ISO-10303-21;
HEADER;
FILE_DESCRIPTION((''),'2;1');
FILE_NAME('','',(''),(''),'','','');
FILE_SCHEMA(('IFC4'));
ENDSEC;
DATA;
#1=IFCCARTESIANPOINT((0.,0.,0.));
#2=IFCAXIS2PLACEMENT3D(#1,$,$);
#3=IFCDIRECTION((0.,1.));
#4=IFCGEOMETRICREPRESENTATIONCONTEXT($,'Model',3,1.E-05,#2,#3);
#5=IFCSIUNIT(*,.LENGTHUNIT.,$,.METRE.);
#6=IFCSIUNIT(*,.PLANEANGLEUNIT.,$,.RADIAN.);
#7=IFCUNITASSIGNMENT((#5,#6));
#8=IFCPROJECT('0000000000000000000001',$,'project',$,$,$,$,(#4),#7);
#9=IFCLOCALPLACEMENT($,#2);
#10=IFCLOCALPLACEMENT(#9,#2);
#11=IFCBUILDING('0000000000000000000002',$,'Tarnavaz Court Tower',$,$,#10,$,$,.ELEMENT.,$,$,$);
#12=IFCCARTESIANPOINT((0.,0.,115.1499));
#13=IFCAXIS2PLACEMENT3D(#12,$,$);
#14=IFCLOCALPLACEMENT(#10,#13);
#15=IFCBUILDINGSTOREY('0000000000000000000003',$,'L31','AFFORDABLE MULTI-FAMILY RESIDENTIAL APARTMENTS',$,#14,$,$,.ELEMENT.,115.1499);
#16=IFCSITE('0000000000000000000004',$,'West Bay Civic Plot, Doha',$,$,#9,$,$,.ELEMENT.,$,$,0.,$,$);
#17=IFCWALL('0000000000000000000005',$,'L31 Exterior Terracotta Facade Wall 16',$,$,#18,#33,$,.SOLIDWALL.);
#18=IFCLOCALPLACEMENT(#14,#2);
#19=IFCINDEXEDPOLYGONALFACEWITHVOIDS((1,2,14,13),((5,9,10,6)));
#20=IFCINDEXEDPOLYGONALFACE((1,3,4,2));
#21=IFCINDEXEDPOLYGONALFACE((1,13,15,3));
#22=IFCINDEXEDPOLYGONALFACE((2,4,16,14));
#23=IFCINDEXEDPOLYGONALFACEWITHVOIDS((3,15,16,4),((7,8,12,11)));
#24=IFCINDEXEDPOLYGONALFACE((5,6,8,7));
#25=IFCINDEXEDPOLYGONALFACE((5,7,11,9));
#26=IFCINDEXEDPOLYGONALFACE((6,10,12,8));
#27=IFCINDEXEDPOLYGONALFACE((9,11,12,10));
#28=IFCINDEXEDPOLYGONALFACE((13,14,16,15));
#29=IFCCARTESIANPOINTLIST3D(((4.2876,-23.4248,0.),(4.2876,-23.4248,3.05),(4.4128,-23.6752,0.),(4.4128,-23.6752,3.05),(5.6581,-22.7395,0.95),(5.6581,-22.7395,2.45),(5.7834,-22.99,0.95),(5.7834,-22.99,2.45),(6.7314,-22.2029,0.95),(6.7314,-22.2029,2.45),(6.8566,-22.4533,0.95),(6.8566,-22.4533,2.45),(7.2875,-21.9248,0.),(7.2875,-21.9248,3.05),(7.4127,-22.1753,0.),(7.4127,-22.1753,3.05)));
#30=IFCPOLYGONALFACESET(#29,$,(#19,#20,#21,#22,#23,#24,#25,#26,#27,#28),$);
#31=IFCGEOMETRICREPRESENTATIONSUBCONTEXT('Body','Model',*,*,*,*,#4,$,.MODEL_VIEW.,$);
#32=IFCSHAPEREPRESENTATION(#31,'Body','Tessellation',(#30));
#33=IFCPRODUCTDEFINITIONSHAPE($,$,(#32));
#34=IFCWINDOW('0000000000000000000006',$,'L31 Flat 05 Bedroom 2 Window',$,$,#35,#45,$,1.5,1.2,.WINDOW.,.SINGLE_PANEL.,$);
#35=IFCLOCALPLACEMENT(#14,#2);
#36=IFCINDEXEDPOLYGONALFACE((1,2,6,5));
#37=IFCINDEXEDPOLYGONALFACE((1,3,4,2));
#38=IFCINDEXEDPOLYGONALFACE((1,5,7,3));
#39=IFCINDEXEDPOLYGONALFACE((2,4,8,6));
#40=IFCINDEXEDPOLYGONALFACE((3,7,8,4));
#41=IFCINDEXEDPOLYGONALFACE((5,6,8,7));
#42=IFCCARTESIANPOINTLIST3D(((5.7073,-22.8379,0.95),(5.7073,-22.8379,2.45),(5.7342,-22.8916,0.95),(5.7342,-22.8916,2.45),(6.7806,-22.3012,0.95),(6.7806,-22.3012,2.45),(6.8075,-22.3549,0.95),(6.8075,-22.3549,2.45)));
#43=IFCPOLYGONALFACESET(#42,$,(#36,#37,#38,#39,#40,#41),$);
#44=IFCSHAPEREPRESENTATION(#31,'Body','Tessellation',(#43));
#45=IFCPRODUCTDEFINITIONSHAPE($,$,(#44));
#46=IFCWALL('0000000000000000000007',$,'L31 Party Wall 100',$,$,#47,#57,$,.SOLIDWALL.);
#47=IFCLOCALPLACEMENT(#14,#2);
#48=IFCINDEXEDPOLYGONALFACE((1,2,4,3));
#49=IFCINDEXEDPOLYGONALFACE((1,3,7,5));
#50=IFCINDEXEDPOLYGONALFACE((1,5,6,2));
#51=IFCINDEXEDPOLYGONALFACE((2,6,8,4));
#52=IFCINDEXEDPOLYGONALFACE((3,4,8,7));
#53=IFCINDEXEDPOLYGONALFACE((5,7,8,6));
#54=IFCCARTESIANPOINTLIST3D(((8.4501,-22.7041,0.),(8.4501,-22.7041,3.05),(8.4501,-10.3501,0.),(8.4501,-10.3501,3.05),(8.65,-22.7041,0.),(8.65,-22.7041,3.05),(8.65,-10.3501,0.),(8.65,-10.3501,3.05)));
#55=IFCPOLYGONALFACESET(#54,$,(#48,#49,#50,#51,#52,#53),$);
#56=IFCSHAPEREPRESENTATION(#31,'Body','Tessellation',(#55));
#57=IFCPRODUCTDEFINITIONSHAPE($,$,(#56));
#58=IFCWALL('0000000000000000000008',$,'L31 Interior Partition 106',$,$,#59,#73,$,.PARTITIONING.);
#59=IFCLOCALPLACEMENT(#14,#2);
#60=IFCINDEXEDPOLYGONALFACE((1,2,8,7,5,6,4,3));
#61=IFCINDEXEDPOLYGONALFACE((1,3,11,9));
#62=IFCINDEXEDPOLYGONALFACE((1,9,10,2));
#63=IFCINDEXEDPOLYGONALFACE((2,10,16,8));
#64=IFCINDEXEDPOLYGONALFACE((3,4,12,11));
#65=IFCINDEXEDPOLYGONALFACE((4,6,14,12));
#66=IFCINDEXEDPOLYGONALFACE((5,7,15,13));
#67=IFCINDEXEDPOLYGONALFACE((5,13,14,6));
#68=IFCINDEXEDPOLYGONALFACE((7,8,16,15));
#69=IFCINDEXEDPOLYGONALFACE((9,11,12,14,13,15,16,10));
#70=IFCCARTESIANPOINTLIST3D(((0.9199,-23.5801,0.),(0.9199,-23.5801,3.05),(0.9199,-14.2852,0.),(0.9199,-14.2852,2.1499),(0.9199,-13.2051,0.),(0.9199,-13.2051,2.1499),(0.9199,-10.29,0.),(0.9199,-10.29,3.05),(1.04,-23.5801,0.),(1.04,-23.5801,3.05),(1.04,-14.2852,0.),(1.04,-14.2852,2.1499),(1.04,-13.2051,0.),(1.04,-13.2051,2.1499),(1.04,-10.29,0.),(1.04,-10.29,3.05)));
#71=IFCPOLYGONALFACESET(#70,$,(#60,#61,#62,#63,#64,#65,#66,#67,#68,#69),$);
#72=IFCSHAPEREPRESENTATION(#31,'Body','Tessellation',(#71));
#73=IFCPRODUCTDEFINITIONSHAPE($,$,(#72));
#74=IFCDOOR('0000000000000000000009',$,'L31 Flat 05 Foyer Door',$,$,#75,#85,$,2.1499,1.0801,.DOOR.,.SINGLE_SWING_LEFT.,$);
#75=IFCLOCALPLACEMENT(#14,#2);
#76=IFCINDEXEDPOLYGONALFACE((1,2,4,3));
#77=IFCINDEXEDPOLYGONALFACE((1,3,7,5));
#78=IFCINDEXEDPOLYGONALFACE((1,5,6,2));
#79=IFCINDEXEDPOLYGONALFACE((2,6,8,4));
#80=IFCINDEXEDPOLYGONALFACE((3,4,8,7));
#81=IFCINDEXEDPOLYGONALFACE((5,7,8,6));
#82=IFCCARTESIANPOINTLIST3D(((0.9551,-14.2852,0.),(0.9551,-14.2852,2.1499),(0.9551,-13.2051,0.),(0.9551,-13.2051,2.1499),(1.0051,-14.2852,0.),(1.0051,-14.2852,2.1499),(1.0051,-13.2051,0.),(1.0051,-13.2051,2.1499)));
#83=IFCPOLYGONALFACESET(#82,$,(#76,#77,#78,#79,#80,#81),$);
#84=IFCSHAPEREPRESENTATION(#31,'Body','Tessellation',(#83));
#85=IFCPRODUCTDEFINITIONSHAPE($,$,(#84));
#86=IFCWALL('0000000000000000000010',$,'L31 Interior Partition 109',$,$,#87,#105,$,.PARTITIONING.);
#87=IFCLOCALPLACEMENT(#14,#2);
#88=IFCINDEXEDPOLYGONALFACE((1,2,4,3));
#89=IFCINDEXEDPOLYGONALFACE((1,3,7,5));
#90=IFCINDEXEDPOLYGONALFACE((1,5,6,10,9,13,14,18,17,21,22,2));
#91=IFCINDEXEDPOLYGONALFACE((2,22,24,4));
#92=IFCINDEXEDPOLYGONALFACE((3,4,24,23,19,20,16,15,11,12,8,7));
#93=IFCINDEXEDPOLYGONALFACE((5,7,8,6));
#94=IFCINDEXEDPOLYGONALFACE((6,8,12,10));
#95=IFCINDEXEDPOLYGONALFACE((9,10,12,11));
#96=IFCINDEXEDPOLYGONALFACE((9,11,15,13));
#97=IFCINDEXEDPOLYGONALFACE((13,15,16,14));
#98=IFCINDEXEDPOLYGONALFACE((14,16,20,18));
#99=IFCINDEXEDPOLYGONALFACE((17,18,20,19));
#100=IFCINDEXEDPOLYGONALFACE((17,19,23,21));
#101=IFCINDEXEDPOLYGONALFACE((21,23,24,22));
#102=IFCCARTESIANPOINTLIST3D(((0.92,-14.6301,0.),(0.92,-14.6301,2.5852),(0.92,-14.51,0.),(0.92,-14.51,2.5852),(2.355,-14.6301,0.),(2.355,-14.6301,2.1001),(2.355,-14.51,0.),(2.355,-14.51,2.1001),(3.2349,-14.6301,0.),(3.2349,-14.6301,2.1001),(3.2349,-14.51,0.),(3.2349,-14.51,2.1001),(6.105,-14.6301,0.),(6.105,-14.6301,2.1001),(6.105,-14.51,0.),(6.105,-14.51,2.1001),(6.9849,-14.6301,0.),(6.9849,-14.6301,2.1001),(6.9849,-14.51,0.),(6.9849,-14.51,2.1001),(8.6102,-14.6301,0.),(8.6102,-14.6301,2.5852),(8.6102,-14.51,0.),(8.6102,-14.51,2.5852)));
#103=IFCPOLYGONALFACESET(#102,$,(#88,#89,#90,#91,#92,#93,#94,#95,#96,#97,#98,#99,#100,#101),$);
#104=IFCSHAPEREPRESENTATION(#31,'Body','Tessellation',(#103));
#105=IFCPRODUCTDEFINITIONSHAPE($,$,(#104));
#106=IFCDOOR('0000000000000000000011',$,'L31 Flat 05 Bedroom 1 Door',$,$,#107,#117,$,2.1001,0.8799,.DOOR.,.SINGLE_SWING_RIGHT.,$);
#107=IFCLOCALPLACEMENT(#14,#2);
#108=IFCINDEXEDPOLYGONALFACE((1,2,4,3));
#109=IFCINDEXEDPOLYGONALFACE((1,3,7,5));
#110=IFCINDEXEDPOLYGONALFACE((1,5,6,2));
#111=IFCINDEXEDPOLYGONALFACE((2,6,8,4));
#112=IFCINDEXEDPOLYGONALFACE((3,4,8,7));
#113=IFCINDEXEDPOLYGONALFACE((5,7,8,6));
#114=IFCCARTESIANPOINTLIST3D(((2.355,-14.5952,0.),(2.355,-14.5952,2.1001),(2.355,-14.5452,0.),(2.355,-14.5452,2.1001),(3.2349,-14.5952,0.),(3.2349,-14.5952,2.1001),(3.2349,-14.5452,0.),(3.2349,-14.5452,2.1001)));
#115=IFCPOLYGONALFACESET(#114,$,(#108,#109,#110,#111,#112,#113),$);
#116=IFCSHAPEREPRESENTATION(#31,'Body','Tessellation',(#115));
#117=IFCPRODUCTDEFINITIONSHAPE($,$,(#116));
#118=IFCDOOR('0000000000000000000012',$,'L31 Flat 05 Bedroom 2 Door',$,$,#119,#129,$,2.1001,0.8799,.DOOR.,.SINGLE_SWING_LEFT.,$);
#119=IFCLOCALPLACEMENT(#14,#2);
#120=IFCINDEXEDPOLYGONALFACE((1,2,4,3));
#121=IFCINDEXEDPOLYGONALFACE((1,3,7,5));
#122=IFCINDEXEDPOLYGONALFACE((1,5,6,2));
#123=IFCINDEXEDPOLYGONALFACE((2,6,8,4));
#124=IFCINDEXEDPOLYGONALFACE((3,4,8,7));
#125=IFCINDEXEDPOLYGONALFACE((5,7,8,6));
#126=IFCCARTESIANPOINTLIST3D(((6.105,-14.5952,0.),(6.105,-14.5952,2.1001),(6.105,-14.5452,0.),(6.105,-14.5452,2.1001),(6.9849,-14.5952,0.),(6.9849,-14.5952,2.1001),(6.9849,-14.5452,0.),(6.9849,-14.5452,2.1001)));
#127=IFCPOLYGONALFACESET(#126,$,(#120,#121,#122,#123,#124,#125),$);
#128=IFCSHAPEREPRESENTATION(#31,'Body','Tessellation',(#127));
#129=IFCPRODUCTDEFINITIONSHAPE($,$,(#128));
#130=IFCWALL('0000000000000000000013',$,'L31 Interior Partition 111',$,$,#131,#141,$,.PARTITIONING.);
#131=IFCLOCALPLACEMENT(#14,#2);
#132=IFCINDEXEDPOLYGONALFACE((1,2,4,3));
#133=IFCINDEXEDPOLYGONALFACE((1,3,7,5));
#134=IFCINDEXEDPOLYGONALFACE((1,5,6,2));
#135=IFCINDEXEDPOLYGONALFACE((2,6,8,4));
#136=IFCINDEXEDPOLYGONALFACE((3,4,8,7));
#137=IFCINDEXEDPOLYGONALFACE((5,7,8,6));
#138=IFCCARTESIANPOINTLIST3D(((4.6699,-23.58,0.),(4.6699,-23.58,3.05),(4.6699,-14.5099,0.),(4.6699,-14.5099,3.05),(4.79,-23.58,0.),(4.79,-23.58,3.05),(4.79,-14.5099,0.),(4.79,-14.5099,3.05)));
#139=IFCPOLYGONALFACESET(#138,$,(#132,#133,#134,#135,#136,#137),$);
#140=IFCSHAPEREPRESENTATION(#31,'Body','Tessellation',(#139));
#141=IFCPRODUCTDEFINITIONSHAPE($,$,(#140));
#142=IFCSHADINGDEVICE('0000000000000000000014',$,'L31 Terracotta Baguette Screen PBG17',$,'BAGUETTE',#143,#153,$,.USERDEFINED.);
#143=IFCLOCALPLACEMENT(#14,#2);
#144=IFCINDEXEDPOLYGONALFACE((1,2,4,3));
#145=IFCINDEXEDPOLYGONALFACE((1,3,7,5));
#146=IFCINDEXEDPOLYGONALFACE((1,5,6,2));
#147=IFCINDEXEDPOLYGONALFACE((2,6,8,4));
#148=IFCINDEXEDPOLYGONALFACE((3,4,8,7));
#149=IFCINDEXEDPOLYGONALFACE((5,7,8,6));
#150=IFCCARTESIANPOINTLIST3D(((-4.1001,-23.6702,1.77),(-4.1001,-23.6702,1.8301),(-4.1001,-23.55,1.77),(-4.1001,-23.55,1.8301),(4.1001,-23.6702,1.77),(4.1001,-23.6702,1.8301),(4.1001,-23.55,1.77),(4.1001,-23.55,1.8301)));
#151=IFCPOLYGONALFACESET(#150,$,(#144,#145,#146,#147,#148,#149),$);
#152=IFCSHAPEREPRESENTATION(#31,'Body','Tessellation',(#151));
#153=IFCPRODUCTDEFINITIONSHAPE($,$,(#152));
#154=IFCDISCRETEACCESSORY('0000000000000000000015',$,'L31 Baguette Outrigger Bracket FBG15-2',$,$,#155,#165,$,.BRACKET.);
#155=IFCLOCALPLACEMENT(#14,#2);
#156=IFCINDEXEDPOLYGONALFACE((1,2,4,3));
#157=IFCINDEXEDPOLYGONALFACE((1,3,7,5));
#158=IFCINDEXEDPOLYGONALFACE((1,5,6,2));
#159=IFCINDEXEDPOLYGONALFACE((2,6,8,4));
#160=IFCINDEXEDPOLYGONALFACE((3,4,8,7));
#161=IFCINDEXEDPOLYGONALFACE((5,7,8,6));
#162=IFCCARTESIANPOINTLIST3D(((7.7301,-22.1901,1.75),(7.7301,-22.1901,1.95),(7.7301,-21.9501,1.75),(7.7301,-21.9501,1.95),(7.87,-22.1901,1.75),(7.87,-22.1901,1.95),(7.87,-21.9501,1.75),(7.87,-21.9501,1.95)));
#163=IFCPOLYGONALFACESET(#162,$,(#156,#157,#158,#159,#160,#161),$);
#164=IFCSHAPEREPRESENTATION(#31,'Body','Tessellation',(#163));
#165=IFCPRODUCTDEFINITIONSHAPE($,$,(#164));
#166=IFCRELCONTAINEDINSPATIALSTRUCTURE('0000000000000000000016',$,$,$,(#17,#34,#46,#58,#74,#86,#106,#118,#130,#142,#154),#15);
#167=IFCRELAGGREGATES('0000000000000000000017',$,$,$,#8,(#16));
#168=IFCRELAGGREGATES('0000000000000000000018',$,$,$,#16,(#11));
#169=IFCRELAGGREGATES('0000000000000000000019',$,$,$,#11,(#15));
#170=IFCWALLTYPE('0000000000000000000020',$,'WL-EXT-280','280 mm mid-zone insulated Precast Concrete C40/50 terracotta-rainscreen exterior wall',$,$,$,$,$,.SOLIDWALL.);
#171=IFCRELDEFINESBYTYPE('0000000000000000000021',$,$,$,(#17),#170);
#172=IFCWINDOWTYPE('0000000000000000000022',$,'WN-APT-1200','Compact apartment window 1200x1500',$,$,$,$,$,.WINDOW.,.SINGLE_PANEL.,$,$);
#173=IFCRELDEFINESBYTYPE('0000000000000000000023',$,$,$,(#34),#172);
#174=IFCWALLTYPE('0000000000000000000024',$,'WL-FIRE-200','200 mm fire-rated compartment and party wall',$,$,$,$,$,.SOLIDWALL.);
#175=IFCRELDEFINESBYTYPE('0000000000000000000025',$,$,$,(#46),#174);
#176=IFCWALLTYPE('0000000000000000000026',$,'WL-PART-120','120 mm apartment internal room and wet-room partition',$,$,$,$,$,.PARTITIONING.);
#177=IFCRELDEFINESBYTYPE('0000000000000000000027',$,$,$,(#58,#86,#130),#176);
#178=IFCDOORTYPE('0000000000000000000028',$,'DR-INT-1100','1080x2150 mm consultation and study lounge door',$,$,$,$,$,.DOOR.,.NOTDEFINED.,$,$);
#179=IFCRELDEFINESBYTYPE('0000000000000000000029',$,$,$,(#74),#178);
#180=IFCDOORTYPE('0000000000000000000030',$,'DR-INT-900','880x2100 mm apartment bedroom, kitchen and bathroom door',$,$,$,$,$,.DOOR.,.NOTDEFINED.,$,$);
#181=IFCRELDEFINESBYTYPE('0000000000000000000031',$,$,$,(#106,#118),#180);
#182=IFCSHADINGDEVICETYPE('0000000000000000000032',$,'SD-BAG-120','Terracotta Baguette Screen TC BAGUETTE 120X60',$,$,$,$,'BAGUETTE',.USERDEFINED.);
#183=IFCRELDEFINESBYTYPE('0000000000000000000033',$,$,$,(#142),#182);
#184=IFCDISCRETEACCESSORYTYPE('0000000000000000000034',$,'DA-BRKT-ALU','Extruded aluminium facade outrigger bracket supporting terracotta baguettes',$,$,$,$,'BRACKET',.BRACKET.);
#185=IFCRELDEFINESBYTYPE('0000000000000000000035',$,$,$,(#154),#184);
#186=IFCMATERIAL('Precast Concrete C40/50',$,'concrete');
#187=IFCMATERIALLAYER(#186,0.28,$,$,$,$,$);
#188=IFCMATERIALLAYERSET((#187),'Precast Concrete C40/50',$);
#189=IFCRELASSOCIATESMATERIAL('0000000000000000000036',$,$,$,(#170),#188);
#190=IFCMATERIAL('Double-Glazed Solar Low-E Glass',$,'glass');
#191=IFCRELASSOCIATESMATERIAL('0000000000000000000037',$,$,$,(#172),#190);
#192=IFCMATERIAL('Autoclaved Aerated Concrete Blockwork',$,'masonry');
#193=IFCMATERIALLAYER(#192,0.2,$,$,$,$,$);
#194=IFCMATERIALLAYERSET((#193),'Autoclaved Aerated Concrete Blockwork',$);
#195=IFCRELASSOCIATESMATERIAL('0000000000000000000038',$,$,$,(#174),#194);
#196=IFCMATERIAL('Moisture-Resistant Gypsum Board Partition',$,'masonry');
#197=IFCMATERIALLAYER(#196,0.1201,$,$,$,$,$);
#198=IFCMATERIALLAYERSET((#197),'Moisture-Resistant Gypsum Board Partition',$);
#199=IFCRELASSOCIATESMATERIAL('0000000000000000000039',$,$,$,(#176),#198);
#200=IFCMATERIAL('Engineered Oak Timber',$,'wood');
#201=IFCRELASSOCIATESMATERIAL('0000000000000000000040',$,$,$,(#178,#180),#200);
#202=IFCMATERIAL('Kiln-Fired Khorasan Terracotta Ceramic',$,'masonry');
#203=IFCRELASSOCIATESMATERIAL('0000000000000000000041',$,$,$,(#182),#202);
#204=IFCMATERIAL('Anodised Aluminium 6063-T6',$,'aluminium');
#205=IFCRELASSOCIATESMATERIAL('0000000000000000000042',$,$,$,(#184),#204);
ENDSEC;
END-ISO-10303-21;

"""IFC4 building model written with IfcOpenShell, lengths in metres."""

from ifc_helpers import new_model, si_unit, direction, frame, frame_2d, origin, origin_2d, place, context, subcontext, project, spatial, rectangle, extrude, material, layer, layer_set, material_profile, profile_set, type_object, element, fill, save


model = new_model("IFC4")

# Units and contexts
model_context = context("Model", 3, precision=1e-05, world=origin(), true_north=direction((0.0, 1.0)))
body_context = subcontext(model_context, "Body", "Model", "MODEL_VIEW")
ifc_project = project(units=[si_unit("LENGTHUNIT", "METRE"), si_unit("PLANEANGLEUNIT", "RADIAN")], contexts=[model_context])

# Site, building, storey
site_placement = place(None, origin())
site = spatial("IfcSite", under=ifc_project, at=site_placement, Name="West Bay Civic Plot, Doha", CompositionType="ELEMENT", RefElevation=0.0)
building_placement = place(site_placement, origin())
building = spatial("IfcBuilding", under=site, at=building_placement, Name="Tarnavaz Court Tower", CompositionType="ELEMENT")
storey_placement = place(building_placement, frame((0.0, 0.0, 115.1499)))
storey = spatial("IfcBuildingStorey", under=building, at=storey_placement, Name="L31", Description="AFFORDABLE MULTI-FAMILY RESIDENTIAL APARTMENTS", CompositionType="ELEMENT", Elevation=115.1499)

# Shared definitions
ifc_material_1 = material(Name="Anodised Aluminium 6063-T6", Category="aluminium")
ifc_material_2 = material(Name="Double-Glazed Solar Low-E Glass", Category="glass")

# Wall, opening, window
ifc_material_3 = material(Name="Precast Concrete C40/50", Category="concrete")
ifc_layer_1 = layer(ifc_material_3, 0.28)
ifc_layer_set_1 = layer_set([ifc_layer_1], Name="Precast Concrete C40/50")
wall_type_1 = type_object("IfcWallType", Name="WL-EXT-280", Description="280 mm mid-zone insulated Precast Concrete C40/50 terracotta-rainscreen exterior wall", PredefinedType="SOLIDWALL", material=ifc_layer_set_1)
wall_1_placement = place(storey_placement, frame((7.3501, -22.05, 0.0), z_axis=(0.0, 0.0, 1.0), x_axis=(-0.894427, -0.447214, 0.0)))
wall_1 = element("IfcWall", 1, at=wall_1_placement, inside=storey, type_object=wall_type_1, Name="L31 Exterior Terracotta Facade Wall 16", PredefinedType="SOLIDWALL", context=body_context, shape_type="SweptSolid", body=[
    extrude(rectangle(XDim=3.354, YDim=0.28, at=frame_2d((1.677, 0.0))), origin(), (0.0, 0.0, 1.0), 3.05),
])
opening_1_placement = place(wall_1_placement, frame((0.6216, 0.0, 0.95)))
opening_1 = element("IfcOpeningElement", 2, at=opening_1_placement, cuts=wall_1, PredefinedType="OPENING", context=body_context, shape_type="SweptSolid", body=[
    extrude(rectangle(XDim=1.2, YDim=1.5, at=frame_2d((0.6001, 0.75))), frame((0.0, 0.1499, 0.0), z_axis=(0.0, -1.0, 0.0), x_axis=(1.0, 0.0, 0.0)), (0.0, 0.0, 1.0), 0.3),
])
window_type = type_object("IfcWindowType", Name="WN-APT-1200", Description="Compact apartment window 1200x1500", PartitioningType="SINGLE_PANEL", PredefinedType="WINDOW", material=ifc_material_2)
window_placement = place(opening_1_placement, origin())
window = element("IfcWindow", 3, at=window_placement, inside=storey, type_object=window_type, Name="L31 Flat 05 Bedroom 2 Window", OverallHeight=1.5, OverallWidth=1.2, PartitioningType="SINGLE_PANEL", PredefinedType="WINDOW", context=body_context, shape_type="SweptSolid", body=[
    extrude(rectangle(XDim=1.2, YDim=1.5, at=frame_2d((0.6001, 0.75))), frame((0.0, 0.03, 0.0), z_axis=(0.0, -1.0, 0.0), x_axis=(1.0, 0.0, 0.0)), (0.0, 0.0, 1.0), 0.0601),
])
fill(opening_1, window)

# Wall
ifc_material_4 = material(Name="Autoclaved Aerated Concrete Blockwork", Category="masonry")
ifc_layer_2 = layer(ifc_material_4, 0.2)
ifc_layer_set_2 = layer_set([ifc_layer_2], Name="Autoclaved Aerated Concrete Blockwork")
wall_type_2 = type_object("IfcWallType", Name="WL-FIRE-200", Description="200 mm fire-rated compartment and party wall", PredefinedType="SOLIDWALL", material=ifc_layer_set_2)
wall_2_placement = place(storey_placement, frame((8.55, -22.7041, 0.0), z_axis=(0.0, 0.0, 1.0), x_axis=(0.0, 1.0, 0.0)))
element("IfcWall", 4, at=wall_2_placement, inside=storey, type_object=wall_type_2, Name="L31 Party Wall 100", PredefinedType="SOLIDWALL", context=body_context, shape_type="SweptSolid", body=[
    extrude(rectangle(XDim=12.354, YDim=0.2, at=frame_2d((6.177, 0.0))), origin(), (0.0, 0.0, 1.0), 3.05),
])

# Wall, opening, door
ifc_material_5 = material(Name="Moisture-Resistant Gypsum Board Partition", Category="masonry")
ifc_layer_3 = layer(ifc_material_5, 0.1201)
ifc_layer_set_3 = layer_set([ifc_layer_3], Name="Moisture-Resistant Gypsum Board Partition")
wall_type_3 = type_object("IfcWallType", Name="WL-PART-120", Description="120 mm apartment internal room and wet-room partition", PredefinedType="PARTITIONING", material=ifc_layer_set_3)
wall_3_placement = place(storey_placement, frame((0.98, -23.5801, 0.0), z_axis=(0.0, 0.0, 1.0), x_axis=(0.0, 1.0, 0.0)))
wall_3 = element("IfcWall", 5, at=wall_3_placement, inside=storey, type_object=wall_type_3, Name="L31 Interior Partition 106", PredefinedType="PARTITIONING", context=body_context, shape_type="SweptSolid", body=[
    extrude(rectangle(XDim=13.29, YDim=0.1201, at=frame_2d((6.645, 0.0))), origin(), (0.0, 0.0, 1.0), 3.05),
])
opening_2_placement = place(wall_3_placement, frame((9.2949, 0.0, 0.0)))
opening_2 = element("IfcOpeningElement", 6, at=opening_2_placement, cuts=wall_3, PredefinedType="OPENING", context=body_context, shape_type="SweptSolid", body=[
    extrude(rectangle(XDim=1.0801, YDim=2.1499, at=frame_2d((0.54, 1.075))), frame((0.0, 0.0701, 0.0), z_axis=(0.0, -1.0, 0.0), x_axis=(1.0, 0.0, 0.0)), (0.0, 0.0, 1.0), 0.1401),
])
ifc_material_6 = material(Name="Engineered Oak Timber", Category="wood")
door_type_1 = type_object("IfcDoorType", Name="DR-INT-1100", Description="1080x2150 mm consultation and study lounge door", OperationType="NOTDEFINED", PredefinedType="DOOR", material=ifc_material_6)
door_1_placement = place(opening_2_placement, origin())
door_1 = element("IfcDoor", 7, at=door_1_placement, inside=storey, type_object=door_type_1, Name="L31 Flat 05 Foyer Door", OperationType="SINGLE_SWING_LEFT", OverallHeight=2.1499, OverallWidth=1.0801, PredefinedType="DOOR", context=body_context, shape_type="SweptSolid", body=[
    extrude(rectangle(XDim=1.0801, YDim=2.1499, at=frame_2d((0.54, 1.075))), frame((0.0, 0.0249, 0.0), z_axis=(0.0, -1.0, 0.0), x_axis=(1.0, 0.0, 0.0)), (0.0, 0.0, 1.0), 0.05),
])
fill(opening_2, door_1)

# Wall, openings, doors
wall_4_placement = place(storey_placement, frame((0.9199, -14.5701, 0.0), z_axis=(0.0, 0.0, 1.0), x_axis=(1.0, 0.0, 0.0)))
wall_4 = element("IfcWall", 8, at=wall_4_placement, inside=storey, type_object=wall_type_3, Name="L31 Interior Partition 109", PredefinedType="PARTITIONING", context=body_context, shape_type="SweptSolid", body=[
    extrude(rectangle(XDim=7.6902, YDim=0.1201, at=frame_2d((3.8452, 0.0))), origin(), (0.0, 0.0, 1.0), 2.5852),
])
opening_3_placement = place(wall_4_placement, frame((1.4351, 0.0, 0.0)))
opening_3 = element("IfcOpeningElement", 9, at=opening_3_placement, cuts=wall_4, PredefinedType="OPENING", context=body_context, shape_type="SweptSolid", body=[
    extrude(rectangle(XDim=0.8799, YDim=2.1001, at=frame_2d((0.4399, 1.05))), frame((0.0, 0.0701, 0.0), z_axis=(0.0, -1.0, 0.0), x_axis=(1.0, 0.0, 0.0)), (0.0, 0.0, 1.0), 0.1401),
])
opening_4_placement = place(wall_4_placement, frame((5.1851, 0.0, 0.0)))
opening_4 = element("IfcOpeningElement", 10, at=opening_4_placement, cuts=wall_4, PredefinedType="OPENING", context=body_context, shape_type="SweptSolid", body=[
    extrude(rectangle(XDim=0.8799, YDim=2.1001, at=frame_2d((0.4399, 1.05))), frame((0.0, 0.0701, 0.0), z_axis=(0.0, -1.0, 0.0), x_axis=(1.0, 0.0, 0.0)), (0.0, 0.0, 1.0), 0.1401),
])
door_type_2 = type_object("IfcDoorType", Name="DR-INT-900", Description="880x2100 mm apartment bedroom, kitchen and bathroom door", OperationType="NOTDEFINED", PredefinedType="DOOR", material=ifc_material_6)
door_2_placement = place(opening_3_placement, origin())
door_2 = element("IfcDoor", 11, at=door_2_placement, inside=storey, type_object=door_type_2, Name="L31 Flat 05 Bedroom 1 Door", OperationType="SINGLE_SWING_RIGHT", OverallHeight=2.1001, OverallWidth=0.8799, PredefinedType="DOOR", context=body_context, shape_type="SweptSolid", body=[
    extrude(rectangle(XDim=0.8799, YDim=2.1001, at=frame_2d((0.4399, 1.05))), frame((0.0, 0.0249, 0.0), z_axis=(0.0, -1.0, 0.0), x_axis=(1.0, 0.0, 0.0)), (0.0, 0.0, 1.0), 0.05),
])
fill(opening_3, door_2)
door_3_placement = place(opening_4_placement, origin())
door_3 = element("IfcDoor", 12, at=door_3_placement, inside=storey, type_object=door_type_2, Name="L31 Flat 05 Bedroom 2 Door", OperationType="SINGLE_SWING_LEFT", OverallHeight=2.1001, OverallWidth=0.8799, PredefinedType="DOOR", context=body_context, shape_type="SweptSolid", body=[
    extrude(rectangle(XDim=0.8799, YDim=2.1001, at=frame_2d((0.4399, 1.05))), frame((0.0, 0.0249, 0.0), z_axis=(0.0, -1.0, 0.0), x_axis=(1.0, 0.0, 0.0)), (0.0, 0.0, 1.0), 0.05),
])
fill(opening_4, door_3)

# Wall
wall_5_placement = place(storey_placement, frame((4.73, -23.5801, 0.0), z_axis=(0.0, 0.0, 1.0), x_axis=(0.0, 1.0, 0.0)))
element("IfcWall", 13, at=wall_5_placement, inside=storey, type_object=wall_type_3, Name="L31 Interior Partition 111", PredefinedType="PARTITIONING", context=body_context, shape_type="SweptSolid", body=[
    extrude(rectangle(XDim=9.0701, YDim=0.1201, at=frame_2d((4.5352, 0.0))), origin(), (0.0, 0.0, 1.0), 3.05),
])

# Shading device
ifc_material_7 = material(Name="Kiln-Fired Khorasan Terracotta Ceramic", Category="masonry")
ifc_material_profile_1 = material_profile(ifc_material_7, rectangle(XDim=0.1201, YDim=0.0601, at=origin_2d()), Name="TC BAGUETTE 120X60")
ifc_profile_set_1 = profile_set([ifc_material_profile_1], Name="Kiln-Fired Khorasan Terracotta Ceramic")
shading_device_type = type_object("IfcShadingDeviceType", Name="SD-BAG-120", Description="Terracotta Baguette Screen TC BAGUETTE 120X60", ElementType="BAGUETTE", PredefinedType="USERDEFINED", material=ifc_profile_set_1)
shading_device_placement = place(storey_placement, frame((4.1001, -23.6101, 1.8), z_axis=(-1.0, 0.0, 0.0), x_axis=(0.0, -1.0, 0.0)))
element("IfcShadingDevice", 14, at=shading_device_placement, inside=storey, type_object=shading_device_type, Name="L31 Terracotta Baguette Screen PBG17", ObjectType="BAGUETTE", PredefinedType="USERDEFINED", context=body_context, shape_type="SweptSolid", body=[
    extrude(rectangle(XDim=0.1201, YDim=0.0601, at=origin_2d()), origin(), (0.0, 0.0, 1.0), 8.2002),
])

# Discrete accessory
discrete_accessory_type = type_object("IfcDiscreteAccessoryType", Name="DA-BRKT-ALU", Description="Extruded aluminium facade outrigger bracket supporting terracotta baguettes", ElementType="BRACKET", PredefinedType="BRACKET", material=ifc_material_1)
for number, where, z_axis, x_axis, name in (
    (15, (7.8, -22.0701, 1.75), (0.0, 0.0, 1.0), (-1.0, 0.0, 0.0), "L31 Baguette Outrigger Bracket FBG15-2"),
):
    element("IfcDiscreteAccessory", number, at=place(storey_placement, frame(where, z_axis=z_axis, x_axis=x_axis)), inside=storey, type_object=discrete_accessory_type, Name=name, PredefinedType="BRACKET", context=body_context, shape_type="SweptSolid", body=[
        extrude(rectangle(XDim=0.1399, YDim=0.24, at=origin_2d()), origin(), (0.0, 0.0, 1.0), 0.2),
    ])

save(model, "model.ifc")
